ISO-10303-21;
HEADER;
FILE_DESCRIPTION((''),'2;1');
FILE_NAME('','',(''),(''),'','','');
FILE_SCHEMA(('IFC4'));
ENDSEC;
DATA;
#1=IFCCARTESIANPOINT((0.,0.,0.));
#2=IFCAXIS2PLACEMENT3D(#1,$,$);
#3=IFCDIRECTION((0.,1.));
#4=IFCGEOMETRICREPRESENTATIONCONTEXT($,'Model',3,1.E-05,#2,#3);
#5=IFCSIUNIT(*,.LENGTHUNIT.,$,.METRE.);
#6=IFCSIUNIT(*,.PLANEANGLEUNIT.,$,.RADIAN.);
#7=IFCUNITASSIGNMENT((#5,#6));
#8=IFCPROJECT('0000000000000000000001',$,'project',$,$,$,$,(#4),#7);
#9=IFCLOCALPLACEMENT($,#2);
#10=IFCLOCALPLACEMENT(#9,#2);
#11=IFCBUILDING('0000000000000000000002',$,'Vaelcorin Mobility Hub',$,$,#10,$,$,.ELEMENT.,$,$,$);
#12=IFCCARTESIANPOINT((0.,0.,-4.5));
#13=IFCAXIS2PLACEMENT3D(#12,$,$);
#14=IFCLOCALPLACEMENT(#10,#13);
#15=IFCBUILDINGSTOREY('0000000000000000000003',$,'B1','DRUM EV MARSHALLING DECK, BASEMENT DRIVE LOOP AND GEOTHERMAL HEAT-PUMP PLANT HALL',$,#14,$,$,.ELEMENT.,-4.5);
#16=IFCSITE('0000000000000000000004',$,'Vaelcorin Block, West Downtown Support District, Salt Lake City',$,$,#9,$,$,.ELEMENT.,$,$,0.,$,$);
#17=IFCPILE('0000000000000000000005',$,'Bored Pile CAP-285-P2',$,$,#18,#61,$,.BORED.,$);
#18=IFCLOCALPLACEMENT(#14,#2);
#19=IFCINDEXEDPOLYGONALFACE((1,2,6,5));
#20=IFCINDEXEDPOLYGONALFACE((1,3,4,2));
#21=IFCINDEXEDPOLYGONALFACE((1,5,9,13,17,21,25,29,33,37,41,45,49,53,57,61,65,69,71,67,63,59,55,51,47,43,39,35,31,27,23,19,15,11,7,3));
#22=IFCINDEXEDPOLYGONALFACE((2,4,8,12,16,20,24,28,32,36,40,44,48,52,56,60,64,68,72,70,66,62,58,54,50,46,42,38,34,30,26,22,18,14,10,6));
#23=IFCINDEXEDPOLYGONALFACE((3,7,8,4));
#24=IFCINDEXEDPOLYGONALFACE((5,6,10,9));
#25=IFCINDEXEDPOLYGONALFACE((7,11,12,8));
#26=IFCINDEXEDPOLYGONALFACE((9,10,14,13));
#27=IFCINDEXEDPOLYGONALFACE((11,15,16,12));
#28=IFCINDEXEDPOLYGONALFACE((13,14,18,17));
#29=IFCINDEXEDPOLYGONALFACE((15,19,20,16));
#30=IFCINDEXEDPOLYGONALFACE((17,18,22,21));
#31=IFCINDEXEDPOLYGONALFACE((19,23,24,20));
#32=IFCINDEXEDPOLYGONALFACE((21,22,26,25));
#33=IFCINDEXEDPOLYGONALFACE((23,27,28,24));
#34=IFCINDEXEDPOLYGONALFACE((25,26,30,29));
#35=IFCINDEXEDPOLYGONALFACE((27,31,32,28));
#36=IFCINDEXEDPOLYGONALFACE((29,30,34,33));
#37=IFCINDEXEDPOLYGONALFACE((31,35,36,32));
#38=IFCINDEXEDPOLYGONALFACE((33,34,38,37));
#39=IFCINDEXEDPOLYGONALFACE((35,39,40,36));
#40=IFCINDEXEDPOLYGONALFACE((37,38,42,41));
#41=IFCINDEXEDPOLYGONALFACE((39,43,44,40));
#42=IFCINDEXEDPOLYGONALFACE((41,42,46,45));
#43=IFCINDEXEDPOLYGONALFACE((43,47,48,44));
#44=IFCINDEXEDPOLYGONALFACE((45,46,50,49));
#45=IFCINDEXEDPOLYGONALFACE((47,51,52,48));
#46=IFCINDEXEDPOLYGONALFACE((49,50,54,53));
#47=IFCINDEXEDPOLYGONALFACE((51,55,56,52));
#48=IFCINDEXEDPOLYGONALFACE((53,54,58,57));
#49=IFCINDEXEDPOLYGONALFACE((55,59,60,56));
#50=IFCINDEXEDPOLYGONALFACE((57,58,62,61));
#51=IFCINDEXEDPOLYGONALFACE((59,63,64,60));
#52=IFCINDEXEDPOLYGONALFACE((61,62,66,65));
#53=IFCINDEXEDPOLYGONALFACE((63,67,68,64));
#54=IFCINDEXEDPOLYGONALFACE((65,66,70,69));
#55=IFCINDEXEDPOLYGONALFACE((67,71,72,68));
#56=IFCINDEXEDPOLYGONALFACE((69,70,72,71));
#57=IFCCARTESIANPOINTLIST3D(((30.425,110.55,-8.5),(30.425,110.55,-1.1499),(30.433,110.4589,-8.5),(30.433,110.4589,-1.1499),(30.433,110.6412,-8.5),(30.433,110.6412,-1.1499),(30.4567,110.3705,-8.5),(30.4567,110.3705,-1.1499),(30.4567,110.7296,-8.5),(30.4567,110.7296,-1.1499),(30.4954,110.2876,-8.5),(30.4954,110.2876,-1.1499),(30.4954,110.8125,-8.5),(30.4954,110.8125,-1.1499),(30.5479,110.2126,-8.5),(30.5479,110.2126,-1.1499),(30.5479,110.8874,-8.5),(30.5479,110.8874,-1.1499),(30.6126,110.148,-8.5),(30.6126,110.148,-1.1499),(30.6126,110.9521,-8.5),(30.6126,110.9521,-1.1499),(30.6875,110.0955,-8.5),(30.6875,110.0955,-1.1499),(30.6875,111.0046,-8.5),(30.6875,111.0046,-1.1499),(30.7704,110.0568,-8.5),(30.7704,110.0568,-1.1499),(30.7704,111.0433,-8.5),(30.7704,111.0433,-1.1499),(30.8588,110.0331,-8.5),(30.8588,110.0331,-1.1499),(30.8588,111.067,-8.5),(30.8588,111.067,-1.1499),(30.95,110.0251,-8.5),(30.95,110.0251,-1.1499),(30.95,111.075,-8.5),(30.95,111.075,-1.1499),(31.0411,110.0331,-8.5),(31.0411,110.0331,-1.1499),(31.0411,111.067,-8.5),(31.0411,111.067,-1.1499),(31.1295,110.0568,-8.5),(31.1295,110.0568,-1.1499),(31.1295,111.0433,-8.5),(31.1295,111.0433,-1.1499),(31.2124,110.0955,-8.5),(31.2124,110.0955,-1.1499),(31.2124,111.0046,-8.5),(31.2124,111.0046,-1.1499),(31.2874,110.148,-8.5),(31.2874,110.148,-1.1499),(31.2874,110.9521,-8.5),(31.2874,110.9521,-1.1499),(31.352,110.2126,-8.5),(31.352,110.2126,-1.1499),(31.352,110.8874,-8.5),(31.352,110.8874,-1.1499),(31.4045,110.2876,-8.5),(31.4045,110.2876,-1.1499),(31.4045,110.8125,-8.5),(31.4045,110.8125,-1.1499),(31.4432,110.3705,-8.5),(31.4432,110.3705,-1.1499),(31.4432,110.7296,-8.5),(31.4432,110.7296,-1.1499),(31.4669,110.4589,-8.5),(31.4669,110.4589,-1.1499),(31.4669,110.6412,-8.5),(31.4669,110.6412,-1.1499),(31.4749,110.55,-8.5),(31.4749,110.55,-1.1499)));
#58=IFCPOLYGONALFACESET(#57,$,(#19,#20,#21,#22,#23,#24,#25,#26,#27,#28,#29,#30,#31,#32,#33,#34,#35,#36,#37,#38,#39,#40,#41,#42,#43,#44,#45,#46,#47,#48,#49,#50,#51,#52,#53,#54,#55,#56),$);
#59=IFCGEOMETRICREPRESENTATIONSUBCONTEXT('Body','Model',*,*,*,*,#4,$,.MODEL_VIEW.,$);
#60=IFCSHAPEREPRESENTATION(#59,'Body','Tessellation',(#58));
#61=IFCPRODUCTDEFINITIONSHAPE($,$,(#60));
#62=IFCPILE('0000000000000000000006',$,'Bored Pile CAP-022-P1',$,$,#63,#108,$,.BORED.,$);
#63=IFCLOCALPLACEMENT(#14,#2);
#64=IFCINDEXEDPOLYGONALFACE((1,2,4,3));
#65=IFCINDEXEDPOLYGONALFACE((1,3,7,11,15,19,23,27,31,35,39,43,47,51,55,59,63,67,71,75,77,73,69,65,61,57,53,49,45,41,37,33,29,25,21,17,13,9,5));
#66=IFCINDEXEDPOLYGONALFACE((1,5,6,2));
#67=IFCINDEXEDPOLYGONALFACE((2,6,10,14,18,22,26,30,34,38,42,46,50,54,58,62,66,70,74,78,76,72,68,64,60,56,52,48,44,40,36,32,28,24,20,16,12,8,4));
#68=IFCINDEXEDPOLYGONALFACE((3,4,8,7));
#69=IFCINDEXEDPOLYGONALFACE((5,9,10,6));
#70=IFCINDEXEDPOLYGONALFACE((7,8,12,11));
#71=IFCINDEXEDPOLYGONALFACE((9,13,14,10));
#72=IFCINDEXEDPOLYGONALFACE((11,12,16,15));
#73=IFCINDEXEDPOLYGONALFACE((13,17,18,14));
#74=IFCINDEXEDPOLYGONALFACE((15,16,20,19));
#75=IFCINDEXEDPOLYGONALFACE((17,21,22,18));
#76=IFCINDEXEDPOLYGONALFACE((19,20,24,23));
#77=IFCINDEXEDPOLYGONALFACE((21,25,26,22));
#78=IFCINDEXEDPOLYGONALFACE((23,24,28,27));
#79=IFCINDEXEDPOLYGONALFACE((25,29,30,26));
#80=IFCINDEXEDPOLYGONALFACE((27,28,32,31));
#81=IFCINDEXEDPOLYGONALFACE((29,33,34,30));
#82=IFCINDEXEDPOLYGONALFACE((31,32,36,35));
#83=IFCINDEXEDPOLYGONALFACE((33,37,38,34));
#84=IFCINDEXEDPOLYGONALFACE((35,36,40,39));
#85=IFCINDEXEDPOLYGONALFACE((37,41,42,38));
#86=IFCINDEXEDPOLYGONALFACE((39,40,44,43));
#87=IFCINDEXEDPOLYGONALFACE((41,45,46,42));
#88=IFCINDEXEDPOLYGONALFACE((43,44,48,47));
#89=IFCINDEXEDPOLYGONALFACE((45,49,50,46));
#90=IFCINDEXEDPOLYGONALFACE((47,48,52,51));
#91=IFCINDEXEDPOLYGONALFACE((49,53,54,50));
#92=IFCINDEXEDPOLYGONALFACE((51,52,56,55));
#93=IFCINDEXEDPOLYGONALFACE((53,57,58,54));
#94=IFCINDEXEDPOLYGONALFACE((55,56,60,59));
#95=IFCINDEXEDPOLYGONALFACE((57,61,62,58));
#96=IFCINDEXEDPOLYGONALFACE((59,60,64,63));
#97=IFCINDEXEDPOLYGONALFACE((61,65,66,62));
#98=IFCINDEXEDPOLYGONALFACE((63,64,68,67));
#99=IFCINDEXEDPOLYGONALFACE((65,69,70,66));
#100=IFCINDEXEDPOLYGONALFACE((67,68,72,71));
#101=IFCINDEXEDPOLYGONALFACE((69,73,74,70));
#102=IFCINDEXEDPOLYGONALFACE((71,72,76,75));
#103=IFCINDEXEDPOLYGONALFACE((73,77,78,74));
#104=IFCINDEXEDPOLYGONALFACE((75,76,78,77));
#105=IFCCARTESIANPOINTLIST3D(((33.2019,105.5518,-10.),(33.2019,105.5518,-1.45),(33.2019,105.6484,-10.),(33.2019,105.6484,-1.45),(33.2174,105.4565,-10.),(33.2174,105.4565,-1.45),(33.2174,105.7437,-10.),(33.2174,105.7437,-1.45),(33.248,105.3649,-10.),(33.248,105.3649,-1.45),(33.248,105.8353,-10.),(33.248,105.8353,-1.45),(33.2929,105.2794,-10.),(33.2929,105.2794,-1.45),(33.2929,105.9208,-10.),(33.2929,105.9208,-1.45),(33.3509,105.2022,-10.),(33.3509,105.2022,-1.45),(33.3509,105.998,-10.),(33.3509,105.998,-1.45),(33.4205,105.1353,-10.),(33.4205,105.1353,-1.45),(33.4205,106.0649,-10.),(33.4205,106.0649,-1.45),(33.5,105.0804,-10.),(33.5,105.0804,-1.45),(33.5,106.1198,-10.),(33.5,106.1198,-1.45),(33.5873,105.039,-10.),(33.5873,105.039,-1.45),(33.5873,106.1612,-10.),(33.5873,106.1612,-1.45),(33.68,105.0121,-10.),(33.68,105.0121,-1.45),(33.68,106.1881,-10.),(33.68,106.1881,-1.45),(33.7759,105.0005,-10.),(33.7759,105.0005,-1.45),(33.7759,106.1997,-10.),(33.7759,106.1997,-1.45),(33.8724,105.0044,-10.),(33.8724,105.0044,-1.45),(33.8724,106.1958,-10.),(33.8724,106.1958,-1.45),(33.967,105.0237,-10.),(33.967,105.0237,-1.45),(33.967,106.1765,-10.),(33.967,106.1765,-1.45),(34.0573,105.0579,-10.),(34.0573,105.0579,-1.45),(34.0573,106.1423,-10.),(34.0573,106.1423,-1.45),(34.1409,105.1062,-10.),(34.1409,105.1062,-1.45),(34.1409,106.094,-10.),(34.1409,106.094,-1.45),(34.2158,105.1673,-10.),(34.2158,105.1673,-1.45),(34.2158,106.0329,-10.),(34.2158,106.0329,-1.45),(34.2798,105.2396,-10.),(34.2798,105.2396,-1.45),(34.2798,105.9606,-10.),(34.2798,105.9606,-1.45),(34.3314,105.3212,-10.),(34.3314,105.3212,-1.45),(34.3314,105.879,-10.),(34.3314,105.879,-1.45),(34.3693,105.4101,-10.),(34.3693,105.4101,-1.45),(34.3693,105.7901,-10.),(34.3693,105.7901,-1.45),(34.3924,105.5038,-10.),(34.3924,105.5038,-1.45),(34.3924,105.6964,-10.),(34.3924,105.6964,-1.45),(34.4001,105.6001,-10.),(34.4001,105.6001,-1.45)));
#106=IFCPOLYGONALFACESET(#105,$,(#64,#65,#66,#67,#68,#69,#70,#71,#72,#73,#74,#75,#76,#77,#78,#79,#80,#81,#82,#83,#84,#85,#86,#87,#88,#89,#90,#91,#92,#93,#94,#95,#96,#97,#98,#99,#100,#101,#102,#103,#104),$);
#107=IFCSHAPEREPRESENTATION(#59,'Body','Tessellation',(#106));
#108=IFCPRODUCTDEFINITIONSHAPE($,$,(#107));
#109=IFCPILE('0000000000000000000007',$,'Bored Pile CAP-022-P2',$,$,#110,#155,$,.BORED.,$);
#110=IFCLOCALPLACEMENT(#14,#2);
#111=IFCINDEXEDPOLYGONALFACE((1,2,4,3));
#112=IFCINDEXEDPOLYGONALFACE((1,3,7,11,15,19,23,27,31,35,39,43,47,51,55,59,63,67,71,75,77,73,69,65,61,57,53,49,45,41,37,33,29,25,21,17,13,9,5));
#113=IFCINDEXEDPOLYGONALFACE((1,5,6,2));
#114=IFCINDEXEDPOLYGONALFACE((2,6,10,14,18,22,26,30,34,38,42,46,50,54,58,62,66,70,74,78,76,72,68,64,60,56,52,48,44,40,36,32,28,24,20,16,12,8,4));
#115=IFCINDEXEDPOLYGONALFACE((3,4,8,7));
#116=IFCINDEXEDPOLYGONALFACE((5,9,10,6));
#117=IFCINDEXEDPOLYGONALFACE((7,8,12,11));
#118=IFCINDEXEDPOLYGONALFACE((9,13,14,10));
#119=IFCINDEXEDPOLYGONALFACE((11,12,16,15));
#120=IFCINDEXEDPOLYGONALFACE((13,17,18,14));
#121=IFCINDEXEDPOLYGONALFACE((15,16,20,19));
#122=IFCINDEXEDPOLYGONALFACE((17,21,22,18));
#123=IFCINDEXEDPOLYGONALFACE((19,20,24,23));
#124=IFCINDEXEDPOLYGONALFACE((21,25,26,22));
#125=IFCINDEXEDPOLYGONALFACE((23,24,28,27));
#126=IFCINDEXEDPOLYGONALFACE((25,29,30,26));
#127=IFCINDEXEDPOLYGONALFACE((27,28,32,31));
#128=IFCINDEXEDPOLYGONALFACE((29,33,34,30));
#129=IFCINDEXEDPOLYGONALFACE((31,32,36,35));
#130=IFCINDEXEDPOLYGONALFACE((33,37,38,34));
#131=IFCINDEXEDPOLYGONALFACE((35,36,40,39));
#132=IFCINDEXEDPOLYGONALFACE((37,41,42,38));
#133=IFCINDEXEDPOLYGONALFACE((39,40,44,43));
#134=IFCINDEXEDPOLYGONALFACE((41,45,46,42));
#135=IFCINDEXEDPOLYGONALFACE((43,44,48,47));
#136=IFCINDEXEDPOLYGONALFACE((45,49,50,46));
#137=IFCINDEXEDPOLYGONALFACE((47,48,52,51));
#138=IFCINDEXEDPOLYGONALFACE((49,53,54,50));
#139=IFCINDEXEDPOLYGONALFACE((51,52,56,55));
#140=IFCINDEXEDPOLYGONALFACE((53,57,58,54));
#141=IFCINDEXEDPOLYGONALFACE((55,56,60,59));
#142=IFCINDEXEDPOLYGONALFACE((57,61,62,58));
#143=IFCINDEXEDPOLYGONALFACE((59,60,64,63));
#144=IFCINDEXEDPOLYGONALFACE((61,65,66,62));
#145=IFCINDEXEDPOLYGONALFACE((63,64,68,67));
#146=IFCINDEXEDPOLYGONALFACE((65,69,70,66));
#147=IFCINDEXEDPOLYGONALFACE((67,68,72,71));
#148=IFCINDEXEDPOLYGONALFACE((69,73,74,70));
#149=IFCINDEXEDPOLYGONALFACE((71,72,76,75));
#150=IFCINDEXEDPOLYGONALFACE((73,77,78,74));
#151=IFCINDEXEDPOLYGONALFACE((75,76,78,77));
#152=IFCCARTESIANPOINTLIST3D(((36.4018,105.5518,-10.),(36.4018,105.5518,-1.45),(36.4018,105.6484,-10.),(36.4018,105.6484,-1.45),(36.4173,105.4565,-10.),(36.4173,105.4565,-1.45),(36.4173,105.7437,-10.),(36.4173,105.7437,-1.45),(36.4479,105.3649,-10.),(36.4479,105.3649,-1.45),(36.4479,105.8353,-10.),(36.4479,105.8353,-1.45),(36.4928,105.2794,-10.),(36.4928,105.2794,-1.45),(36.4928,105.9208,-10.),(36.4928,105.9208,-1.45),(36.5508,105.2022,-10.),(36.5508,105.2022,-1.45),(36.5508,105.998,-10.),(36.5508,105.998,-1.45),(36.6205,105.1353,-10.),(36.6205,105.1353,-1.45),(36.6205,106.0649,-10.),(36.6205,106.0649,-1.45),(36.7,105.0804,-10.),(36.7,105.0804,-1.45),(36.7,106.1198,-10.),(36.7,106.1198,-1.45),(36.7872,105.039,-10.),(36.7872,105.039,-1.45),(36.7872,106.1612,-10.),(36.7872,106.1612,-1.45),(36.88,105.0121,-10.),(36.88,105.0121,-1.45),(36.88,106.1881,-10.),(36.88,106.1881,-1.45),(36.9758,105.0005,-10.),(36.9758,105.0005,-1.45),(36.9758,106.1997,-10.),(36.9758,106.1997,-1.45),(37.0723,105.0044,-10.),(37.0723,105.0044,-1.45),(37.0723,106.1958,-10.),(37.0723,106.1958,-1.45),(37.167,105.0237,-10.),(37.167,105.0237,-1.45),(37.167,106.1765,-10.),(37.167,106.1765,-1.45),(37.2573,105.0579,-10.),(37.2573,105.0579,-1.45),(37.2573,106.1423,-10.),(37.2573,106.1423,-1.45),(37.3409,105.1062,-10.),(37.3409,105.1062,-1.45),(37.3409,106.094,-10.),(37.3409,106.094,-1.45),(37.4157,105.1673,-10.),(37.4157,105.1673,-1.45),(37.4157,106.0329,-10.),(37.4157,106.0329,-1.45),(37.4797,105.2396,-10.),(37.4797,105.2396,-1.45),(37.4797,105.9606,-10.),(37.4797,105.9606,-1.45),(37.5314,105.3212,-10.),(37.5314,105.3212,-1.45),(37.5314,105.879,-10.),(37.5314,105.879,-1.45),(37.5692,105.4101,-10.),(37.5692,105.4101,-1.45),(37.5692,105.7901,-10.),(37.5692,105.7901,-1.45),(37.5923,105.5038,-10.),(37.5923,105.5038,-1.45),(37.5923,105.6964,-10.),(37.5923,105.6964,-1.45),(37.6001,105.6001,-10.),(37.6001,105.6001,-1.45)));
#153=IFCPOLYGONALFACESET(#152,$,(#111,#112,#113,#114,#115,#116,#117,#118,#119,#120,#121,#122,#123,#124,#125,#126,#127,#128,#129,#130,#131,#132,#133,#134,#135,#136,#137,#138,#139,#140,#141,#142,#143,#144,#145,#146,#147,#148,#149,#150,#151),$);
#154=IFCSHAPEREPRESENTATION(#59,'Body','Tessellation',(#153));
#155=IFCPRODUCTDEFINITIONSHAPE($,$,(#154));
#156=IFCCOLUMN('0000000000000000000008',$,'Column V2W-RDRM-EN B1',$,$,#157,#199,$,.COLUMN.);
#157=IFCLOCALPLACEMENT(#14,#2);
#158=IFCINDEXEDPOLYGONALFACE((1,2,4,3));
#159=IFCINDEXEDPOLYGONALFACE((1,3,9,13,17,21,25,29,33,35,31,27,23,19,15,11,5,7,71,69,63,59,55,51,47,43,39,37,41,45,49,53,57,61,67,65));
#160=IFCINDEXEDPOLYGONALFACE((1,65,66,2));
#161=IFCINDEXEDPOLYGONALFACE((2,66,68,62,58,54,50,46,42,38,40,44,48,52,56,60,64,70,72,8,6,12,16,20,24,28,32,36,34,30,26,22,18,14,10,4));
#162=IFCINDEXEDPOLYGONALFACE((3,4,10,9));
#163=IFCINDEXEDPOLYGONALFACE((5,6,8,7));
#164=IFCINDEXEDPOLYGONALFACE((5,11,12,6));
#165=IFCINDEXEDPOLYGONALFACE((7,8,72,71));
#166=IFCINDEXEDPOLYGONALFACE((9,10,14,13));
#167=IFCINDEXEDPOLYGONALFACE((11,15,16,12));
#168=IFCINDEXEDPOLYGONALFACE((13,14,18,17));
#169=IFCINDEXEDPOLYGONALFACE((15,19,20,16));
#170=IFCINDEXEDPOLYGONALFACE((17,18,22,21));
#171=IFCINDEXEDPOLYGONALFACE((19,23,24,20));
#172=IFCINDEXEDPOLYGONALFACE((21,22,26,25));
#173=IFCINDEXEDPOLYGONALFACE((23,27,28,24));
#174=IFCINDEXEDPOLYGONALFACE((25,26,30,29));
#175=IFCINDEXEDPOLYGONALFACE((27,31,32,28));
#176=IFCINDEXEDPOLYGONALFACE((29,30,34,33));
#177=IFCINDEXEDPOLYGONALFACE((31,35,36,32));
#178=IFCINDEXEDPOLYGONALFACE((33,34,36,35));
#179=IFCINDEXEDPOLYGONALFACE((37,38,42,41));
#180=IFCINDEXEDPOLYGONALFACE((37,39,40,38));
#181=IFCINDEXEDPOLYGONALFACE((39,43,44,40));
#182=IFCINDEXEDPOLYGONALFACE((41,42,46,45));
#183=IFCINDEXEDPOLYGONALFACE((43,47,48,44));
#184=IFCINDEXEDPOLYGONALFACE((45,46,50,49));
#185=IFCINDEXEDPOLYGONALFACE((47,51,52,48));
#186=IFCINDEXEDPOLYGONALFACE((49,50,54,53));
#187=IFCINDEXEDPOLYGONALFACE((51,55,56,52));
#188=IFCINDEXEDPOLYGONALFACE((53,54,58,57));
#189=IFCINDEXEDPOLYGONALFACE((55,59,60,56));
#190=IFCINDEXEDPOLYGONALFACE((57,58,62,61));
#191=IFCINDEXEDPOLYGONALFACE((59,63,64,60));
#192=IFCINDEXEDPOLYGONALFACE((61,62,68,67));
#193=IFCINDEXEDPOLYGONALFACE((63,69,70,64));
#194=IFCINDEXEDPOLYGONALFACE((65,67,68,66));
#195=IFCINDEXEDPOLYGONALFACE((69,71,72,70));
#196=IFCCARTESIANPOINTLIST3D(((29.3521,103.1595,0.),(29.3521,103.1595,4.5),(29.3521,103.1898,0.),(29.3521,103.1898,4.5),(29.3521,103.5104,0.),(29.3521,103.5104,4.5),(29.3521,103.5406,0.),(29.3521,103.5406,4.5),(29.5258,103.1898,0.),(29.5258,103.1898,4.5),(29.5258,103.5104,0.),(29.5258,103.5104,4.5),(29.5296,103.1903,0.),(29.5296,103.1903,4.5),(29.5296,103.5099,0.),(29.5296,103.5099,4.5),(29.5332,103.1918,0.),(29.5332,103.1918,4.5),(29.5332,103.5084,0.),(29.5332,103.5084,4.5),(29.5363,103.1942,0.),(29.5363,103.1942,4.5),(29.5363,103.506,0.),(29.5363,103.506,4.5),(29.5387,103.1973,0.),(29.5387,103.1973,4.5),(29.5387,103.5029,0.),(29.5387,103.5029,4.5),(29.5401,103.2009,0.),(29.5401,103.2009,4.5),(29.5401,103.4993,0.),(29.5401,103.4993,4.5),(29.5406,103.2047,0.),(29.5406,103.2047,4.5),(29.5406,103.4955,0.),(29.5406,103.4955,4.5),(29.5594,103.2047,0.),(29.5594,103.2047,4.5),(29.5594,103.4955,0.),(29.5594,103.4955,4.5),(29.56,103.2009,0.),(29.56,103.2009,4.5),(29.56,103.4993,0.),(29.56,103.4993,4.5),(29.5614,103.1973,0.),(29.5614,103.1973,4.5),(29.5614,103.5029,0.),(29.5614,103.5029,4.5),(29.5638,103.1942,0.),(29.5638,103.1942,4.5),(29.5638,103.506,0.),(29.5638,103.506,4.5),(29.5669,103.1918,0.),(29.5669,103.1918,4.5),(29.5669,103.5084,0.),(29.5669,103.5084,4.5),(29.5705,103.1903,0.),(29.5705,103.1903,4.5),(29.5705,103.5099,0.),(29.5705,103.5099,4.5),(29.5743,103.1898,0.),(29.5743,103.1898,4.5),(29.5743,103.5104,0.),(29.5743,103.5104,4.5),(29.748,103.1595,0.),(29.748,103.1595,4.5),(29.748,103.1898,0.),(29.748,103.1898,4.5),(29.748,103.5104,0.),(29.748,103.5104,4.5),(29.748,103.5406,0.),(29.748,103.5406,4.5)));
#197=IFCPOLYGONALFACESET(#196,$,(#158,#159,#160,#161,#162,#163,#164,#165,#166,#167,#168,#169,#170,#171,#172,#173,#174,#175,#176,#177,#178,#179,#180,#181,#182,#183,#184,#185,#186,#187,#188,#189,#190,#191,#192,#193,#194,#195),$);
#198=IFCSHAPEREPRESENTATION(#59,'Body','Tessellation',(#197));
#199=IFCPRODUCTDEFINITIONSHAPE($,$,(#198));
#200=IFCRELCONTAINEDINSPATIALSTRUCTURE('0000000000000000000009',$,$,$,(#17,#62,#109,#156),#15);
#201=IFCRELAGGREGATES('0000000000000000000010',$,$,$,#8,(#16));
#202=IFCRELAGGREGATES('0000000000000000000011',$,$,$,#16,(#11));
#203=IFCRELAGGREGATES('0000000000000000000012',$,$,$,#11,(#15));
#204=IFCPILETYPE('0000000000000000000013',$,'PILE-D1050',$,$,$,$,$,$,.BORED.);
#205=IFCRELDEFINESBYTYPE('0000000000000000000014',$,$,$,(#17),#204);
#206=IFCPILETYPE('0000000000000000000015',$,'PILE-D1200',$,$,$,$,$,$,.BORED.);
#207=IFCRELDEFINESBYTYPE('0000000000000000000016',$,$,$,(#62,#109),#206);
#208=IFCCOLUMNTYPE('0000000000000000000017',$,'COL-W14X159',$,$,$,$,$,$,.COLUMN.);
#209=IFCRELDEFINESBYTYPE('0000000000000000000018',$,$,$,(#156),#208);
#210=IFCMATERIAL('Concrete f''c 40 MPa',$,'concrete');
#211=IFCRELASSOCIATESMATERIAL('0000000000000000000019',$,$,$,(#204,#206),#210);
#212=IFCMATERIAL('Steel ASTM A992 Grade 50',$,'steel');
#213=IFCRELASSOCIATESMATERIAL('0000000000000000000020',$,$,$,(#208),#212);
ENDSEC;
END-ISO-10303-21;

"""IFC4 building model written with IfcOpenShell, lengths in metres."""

from ifc_helpers import new_model, si_unit, direction, frame, origin, origin_2d, place, context, subcontext, project, spatial, circle, i_section, extrude, material, material_profile, profile_set, type_object, element, save


model = new_model("IFC4")

# Units and contexts
model_context = context("Model", 3, precision=1e-05, world=origin(), true_north=direction((0.0, 1.0)))
body_context = subcontext(model_context, "Body", "Model", "MODEL_VIEW")
ifc_project = project(units=[si_unit("LENGTHUNIT", "METRE"), si_unit("PLANEANGLEUNIT", "RADIAN")], contexts=[model_context])

# Site, building, storey
site_placement = place(None, origin())
site = spatial("IfcSite", under=ifc_project, at=site_placement, Name="Vaelcorin Block, West Downtown Support District, Salt Lake City", CompositionType="ELEMENT", RefElevation=0.0)
building_placement = place(site_placement, origin())
building = spatial("IfcBuilding", under=site, at=building_placement, Name="Vaelcorin Mobility Hub", CompositionType="ELEMENT")
storey_placement = place(building_placement, frame((0.0, 0.0, -4.5)))
storey = spatial("IfcBuildingStorey", under=building, at=storey_placement, Name="B1", Description="DRUM EV MARSHALLING DECK, BASEMENT DRIVE LOOP AND GEOTHERMAL HEAT-PUMP PLANT HALL", CompositionType="ELEMENT", Elevation=-4.5)

# Shared definitions
ifc_material_1 = material(Name="Concrete f'c 40 MPa", Category="concrete")

# Piles
ifc_material_profile_1 = material_profile(ifc_material_1, circle(Radius=0.5249, at=origin_2d()), Name="BP-D1050")
ifc_profile_set_1 = profile_set([ifc_material_profile_1], Name="Concrete f'c 40 MPa")
pile_type_1 = type_object("IfcPileType", Name="PILE-D1050", PredefinedType="BORED", material=ifc_profile_set_1)
for number, where, z_axis, x_axis, name in (
    (1, (30.95, 110.55, -1.1499), (0.0, 0.0, -1.0), (1.0, 0.0, 0.0), "Bored Pile CAP-285-P2"),
):
    element("IfcPile", number, at=place(storey_placement, frame(where, z_axis=z_axis, x_axis=x_axis)), inside=storey, type_object=pile_type_1, Name=name, PredefinedType="BORED", context=body_context, shape_type="SweptSolid", body=[
        extrude(circle(Radius=0.5249, at=origin_2d()), origin(), (0.0, 0.0, 1.0), 7.3501),
    ])
ifc_material_profile_2 = material_profile(ifc_material_1, circle(Radius=0.6001, at=origin_2d()), Name="BP-D1200")
ifc_profile_set_2 = profile_set([ifc_material_profile_2], Name="Concrete f'c 40 MPa")
pile_type_2 = type_object("IfcPileType", Name="PILE-D1200", PredefinedType="BORED", material=ifc_profile_set_2)
for number, where, z_axis, x_axis, name in (
    (2, (33.8, 105.6001, -1.45), (0.0, 0.0, -1.0), (1.0, 0.0, 0.0), "Bored Pile CAP-022-P1"),
    (3, (37.0, 105.6001, -1.45), (0.0, 0.0, -1.0), (1.0, 0.0, 0.0), "Bored Pile CAP-022-P2"),
):
    element("IfcPile", number, at=place(storey_placement, frame(where, z_axis=z_axis, x_axis=x_axis)), inside=storey, type_object=pile_type_2, Name=name, PredefinedType="BORED", context=body_context, shape_type="SweptSolid", body=[
        extrude(circle(Radius=0.6001, at=origin_2d()), origin(), (0.0, 0.0, 1.0), 8.55),
    ])

# Column
ifc_material_2 = material(Name="Steel ASTM A992 Grade 50", Category="steel")
ifc_material_profile_3 = material_profile(ifc_material_2, i_section(OverallWidth=0.396, OverallDepth=0.3811, WebThickness=0.0188, FlangeThickness=0.0303, FilletRadius=0.0149, at=origin_2d()), Name="W14X159")
ifc_profile_set_3 = profile_set([ifc_material_profile_3], Name="Steel ASTM A992 Grade 50")
column_type_1 = type_object("IfcColumnType", Name="COL-W14X159", PredefinedType="COLUMN", material=ifc_profile_set_3)
for number, where, z_axis, x_axis, name in (
    (4, (29.55, 103.3501, 0.0), (0.0, 0.0, 1.0), (1.0, 0.0, 0.0), "Column V2W-RDRM-EN B1"),
):
    element("IfcColumn", number, at=place(storey_placement, frame(where, z_axis=z_axis, x_axis=x_axis)), inside=storey, type_object=column_type_1, Name=name, PredefinedType="COLUMN", context=body_context, shape_type="SweptSolid", body=[
        extrude(i_section(OverallWidth=0.396, OverallDepth=0.3811, WebThickness=0.0188, FlangeThickness=0.0303, FilletRadius=0.0149, at=origin_2d()), origin(), (0.0, 0.0, 1.0), 4.5),
    ])

save(model, "model.ifc")
